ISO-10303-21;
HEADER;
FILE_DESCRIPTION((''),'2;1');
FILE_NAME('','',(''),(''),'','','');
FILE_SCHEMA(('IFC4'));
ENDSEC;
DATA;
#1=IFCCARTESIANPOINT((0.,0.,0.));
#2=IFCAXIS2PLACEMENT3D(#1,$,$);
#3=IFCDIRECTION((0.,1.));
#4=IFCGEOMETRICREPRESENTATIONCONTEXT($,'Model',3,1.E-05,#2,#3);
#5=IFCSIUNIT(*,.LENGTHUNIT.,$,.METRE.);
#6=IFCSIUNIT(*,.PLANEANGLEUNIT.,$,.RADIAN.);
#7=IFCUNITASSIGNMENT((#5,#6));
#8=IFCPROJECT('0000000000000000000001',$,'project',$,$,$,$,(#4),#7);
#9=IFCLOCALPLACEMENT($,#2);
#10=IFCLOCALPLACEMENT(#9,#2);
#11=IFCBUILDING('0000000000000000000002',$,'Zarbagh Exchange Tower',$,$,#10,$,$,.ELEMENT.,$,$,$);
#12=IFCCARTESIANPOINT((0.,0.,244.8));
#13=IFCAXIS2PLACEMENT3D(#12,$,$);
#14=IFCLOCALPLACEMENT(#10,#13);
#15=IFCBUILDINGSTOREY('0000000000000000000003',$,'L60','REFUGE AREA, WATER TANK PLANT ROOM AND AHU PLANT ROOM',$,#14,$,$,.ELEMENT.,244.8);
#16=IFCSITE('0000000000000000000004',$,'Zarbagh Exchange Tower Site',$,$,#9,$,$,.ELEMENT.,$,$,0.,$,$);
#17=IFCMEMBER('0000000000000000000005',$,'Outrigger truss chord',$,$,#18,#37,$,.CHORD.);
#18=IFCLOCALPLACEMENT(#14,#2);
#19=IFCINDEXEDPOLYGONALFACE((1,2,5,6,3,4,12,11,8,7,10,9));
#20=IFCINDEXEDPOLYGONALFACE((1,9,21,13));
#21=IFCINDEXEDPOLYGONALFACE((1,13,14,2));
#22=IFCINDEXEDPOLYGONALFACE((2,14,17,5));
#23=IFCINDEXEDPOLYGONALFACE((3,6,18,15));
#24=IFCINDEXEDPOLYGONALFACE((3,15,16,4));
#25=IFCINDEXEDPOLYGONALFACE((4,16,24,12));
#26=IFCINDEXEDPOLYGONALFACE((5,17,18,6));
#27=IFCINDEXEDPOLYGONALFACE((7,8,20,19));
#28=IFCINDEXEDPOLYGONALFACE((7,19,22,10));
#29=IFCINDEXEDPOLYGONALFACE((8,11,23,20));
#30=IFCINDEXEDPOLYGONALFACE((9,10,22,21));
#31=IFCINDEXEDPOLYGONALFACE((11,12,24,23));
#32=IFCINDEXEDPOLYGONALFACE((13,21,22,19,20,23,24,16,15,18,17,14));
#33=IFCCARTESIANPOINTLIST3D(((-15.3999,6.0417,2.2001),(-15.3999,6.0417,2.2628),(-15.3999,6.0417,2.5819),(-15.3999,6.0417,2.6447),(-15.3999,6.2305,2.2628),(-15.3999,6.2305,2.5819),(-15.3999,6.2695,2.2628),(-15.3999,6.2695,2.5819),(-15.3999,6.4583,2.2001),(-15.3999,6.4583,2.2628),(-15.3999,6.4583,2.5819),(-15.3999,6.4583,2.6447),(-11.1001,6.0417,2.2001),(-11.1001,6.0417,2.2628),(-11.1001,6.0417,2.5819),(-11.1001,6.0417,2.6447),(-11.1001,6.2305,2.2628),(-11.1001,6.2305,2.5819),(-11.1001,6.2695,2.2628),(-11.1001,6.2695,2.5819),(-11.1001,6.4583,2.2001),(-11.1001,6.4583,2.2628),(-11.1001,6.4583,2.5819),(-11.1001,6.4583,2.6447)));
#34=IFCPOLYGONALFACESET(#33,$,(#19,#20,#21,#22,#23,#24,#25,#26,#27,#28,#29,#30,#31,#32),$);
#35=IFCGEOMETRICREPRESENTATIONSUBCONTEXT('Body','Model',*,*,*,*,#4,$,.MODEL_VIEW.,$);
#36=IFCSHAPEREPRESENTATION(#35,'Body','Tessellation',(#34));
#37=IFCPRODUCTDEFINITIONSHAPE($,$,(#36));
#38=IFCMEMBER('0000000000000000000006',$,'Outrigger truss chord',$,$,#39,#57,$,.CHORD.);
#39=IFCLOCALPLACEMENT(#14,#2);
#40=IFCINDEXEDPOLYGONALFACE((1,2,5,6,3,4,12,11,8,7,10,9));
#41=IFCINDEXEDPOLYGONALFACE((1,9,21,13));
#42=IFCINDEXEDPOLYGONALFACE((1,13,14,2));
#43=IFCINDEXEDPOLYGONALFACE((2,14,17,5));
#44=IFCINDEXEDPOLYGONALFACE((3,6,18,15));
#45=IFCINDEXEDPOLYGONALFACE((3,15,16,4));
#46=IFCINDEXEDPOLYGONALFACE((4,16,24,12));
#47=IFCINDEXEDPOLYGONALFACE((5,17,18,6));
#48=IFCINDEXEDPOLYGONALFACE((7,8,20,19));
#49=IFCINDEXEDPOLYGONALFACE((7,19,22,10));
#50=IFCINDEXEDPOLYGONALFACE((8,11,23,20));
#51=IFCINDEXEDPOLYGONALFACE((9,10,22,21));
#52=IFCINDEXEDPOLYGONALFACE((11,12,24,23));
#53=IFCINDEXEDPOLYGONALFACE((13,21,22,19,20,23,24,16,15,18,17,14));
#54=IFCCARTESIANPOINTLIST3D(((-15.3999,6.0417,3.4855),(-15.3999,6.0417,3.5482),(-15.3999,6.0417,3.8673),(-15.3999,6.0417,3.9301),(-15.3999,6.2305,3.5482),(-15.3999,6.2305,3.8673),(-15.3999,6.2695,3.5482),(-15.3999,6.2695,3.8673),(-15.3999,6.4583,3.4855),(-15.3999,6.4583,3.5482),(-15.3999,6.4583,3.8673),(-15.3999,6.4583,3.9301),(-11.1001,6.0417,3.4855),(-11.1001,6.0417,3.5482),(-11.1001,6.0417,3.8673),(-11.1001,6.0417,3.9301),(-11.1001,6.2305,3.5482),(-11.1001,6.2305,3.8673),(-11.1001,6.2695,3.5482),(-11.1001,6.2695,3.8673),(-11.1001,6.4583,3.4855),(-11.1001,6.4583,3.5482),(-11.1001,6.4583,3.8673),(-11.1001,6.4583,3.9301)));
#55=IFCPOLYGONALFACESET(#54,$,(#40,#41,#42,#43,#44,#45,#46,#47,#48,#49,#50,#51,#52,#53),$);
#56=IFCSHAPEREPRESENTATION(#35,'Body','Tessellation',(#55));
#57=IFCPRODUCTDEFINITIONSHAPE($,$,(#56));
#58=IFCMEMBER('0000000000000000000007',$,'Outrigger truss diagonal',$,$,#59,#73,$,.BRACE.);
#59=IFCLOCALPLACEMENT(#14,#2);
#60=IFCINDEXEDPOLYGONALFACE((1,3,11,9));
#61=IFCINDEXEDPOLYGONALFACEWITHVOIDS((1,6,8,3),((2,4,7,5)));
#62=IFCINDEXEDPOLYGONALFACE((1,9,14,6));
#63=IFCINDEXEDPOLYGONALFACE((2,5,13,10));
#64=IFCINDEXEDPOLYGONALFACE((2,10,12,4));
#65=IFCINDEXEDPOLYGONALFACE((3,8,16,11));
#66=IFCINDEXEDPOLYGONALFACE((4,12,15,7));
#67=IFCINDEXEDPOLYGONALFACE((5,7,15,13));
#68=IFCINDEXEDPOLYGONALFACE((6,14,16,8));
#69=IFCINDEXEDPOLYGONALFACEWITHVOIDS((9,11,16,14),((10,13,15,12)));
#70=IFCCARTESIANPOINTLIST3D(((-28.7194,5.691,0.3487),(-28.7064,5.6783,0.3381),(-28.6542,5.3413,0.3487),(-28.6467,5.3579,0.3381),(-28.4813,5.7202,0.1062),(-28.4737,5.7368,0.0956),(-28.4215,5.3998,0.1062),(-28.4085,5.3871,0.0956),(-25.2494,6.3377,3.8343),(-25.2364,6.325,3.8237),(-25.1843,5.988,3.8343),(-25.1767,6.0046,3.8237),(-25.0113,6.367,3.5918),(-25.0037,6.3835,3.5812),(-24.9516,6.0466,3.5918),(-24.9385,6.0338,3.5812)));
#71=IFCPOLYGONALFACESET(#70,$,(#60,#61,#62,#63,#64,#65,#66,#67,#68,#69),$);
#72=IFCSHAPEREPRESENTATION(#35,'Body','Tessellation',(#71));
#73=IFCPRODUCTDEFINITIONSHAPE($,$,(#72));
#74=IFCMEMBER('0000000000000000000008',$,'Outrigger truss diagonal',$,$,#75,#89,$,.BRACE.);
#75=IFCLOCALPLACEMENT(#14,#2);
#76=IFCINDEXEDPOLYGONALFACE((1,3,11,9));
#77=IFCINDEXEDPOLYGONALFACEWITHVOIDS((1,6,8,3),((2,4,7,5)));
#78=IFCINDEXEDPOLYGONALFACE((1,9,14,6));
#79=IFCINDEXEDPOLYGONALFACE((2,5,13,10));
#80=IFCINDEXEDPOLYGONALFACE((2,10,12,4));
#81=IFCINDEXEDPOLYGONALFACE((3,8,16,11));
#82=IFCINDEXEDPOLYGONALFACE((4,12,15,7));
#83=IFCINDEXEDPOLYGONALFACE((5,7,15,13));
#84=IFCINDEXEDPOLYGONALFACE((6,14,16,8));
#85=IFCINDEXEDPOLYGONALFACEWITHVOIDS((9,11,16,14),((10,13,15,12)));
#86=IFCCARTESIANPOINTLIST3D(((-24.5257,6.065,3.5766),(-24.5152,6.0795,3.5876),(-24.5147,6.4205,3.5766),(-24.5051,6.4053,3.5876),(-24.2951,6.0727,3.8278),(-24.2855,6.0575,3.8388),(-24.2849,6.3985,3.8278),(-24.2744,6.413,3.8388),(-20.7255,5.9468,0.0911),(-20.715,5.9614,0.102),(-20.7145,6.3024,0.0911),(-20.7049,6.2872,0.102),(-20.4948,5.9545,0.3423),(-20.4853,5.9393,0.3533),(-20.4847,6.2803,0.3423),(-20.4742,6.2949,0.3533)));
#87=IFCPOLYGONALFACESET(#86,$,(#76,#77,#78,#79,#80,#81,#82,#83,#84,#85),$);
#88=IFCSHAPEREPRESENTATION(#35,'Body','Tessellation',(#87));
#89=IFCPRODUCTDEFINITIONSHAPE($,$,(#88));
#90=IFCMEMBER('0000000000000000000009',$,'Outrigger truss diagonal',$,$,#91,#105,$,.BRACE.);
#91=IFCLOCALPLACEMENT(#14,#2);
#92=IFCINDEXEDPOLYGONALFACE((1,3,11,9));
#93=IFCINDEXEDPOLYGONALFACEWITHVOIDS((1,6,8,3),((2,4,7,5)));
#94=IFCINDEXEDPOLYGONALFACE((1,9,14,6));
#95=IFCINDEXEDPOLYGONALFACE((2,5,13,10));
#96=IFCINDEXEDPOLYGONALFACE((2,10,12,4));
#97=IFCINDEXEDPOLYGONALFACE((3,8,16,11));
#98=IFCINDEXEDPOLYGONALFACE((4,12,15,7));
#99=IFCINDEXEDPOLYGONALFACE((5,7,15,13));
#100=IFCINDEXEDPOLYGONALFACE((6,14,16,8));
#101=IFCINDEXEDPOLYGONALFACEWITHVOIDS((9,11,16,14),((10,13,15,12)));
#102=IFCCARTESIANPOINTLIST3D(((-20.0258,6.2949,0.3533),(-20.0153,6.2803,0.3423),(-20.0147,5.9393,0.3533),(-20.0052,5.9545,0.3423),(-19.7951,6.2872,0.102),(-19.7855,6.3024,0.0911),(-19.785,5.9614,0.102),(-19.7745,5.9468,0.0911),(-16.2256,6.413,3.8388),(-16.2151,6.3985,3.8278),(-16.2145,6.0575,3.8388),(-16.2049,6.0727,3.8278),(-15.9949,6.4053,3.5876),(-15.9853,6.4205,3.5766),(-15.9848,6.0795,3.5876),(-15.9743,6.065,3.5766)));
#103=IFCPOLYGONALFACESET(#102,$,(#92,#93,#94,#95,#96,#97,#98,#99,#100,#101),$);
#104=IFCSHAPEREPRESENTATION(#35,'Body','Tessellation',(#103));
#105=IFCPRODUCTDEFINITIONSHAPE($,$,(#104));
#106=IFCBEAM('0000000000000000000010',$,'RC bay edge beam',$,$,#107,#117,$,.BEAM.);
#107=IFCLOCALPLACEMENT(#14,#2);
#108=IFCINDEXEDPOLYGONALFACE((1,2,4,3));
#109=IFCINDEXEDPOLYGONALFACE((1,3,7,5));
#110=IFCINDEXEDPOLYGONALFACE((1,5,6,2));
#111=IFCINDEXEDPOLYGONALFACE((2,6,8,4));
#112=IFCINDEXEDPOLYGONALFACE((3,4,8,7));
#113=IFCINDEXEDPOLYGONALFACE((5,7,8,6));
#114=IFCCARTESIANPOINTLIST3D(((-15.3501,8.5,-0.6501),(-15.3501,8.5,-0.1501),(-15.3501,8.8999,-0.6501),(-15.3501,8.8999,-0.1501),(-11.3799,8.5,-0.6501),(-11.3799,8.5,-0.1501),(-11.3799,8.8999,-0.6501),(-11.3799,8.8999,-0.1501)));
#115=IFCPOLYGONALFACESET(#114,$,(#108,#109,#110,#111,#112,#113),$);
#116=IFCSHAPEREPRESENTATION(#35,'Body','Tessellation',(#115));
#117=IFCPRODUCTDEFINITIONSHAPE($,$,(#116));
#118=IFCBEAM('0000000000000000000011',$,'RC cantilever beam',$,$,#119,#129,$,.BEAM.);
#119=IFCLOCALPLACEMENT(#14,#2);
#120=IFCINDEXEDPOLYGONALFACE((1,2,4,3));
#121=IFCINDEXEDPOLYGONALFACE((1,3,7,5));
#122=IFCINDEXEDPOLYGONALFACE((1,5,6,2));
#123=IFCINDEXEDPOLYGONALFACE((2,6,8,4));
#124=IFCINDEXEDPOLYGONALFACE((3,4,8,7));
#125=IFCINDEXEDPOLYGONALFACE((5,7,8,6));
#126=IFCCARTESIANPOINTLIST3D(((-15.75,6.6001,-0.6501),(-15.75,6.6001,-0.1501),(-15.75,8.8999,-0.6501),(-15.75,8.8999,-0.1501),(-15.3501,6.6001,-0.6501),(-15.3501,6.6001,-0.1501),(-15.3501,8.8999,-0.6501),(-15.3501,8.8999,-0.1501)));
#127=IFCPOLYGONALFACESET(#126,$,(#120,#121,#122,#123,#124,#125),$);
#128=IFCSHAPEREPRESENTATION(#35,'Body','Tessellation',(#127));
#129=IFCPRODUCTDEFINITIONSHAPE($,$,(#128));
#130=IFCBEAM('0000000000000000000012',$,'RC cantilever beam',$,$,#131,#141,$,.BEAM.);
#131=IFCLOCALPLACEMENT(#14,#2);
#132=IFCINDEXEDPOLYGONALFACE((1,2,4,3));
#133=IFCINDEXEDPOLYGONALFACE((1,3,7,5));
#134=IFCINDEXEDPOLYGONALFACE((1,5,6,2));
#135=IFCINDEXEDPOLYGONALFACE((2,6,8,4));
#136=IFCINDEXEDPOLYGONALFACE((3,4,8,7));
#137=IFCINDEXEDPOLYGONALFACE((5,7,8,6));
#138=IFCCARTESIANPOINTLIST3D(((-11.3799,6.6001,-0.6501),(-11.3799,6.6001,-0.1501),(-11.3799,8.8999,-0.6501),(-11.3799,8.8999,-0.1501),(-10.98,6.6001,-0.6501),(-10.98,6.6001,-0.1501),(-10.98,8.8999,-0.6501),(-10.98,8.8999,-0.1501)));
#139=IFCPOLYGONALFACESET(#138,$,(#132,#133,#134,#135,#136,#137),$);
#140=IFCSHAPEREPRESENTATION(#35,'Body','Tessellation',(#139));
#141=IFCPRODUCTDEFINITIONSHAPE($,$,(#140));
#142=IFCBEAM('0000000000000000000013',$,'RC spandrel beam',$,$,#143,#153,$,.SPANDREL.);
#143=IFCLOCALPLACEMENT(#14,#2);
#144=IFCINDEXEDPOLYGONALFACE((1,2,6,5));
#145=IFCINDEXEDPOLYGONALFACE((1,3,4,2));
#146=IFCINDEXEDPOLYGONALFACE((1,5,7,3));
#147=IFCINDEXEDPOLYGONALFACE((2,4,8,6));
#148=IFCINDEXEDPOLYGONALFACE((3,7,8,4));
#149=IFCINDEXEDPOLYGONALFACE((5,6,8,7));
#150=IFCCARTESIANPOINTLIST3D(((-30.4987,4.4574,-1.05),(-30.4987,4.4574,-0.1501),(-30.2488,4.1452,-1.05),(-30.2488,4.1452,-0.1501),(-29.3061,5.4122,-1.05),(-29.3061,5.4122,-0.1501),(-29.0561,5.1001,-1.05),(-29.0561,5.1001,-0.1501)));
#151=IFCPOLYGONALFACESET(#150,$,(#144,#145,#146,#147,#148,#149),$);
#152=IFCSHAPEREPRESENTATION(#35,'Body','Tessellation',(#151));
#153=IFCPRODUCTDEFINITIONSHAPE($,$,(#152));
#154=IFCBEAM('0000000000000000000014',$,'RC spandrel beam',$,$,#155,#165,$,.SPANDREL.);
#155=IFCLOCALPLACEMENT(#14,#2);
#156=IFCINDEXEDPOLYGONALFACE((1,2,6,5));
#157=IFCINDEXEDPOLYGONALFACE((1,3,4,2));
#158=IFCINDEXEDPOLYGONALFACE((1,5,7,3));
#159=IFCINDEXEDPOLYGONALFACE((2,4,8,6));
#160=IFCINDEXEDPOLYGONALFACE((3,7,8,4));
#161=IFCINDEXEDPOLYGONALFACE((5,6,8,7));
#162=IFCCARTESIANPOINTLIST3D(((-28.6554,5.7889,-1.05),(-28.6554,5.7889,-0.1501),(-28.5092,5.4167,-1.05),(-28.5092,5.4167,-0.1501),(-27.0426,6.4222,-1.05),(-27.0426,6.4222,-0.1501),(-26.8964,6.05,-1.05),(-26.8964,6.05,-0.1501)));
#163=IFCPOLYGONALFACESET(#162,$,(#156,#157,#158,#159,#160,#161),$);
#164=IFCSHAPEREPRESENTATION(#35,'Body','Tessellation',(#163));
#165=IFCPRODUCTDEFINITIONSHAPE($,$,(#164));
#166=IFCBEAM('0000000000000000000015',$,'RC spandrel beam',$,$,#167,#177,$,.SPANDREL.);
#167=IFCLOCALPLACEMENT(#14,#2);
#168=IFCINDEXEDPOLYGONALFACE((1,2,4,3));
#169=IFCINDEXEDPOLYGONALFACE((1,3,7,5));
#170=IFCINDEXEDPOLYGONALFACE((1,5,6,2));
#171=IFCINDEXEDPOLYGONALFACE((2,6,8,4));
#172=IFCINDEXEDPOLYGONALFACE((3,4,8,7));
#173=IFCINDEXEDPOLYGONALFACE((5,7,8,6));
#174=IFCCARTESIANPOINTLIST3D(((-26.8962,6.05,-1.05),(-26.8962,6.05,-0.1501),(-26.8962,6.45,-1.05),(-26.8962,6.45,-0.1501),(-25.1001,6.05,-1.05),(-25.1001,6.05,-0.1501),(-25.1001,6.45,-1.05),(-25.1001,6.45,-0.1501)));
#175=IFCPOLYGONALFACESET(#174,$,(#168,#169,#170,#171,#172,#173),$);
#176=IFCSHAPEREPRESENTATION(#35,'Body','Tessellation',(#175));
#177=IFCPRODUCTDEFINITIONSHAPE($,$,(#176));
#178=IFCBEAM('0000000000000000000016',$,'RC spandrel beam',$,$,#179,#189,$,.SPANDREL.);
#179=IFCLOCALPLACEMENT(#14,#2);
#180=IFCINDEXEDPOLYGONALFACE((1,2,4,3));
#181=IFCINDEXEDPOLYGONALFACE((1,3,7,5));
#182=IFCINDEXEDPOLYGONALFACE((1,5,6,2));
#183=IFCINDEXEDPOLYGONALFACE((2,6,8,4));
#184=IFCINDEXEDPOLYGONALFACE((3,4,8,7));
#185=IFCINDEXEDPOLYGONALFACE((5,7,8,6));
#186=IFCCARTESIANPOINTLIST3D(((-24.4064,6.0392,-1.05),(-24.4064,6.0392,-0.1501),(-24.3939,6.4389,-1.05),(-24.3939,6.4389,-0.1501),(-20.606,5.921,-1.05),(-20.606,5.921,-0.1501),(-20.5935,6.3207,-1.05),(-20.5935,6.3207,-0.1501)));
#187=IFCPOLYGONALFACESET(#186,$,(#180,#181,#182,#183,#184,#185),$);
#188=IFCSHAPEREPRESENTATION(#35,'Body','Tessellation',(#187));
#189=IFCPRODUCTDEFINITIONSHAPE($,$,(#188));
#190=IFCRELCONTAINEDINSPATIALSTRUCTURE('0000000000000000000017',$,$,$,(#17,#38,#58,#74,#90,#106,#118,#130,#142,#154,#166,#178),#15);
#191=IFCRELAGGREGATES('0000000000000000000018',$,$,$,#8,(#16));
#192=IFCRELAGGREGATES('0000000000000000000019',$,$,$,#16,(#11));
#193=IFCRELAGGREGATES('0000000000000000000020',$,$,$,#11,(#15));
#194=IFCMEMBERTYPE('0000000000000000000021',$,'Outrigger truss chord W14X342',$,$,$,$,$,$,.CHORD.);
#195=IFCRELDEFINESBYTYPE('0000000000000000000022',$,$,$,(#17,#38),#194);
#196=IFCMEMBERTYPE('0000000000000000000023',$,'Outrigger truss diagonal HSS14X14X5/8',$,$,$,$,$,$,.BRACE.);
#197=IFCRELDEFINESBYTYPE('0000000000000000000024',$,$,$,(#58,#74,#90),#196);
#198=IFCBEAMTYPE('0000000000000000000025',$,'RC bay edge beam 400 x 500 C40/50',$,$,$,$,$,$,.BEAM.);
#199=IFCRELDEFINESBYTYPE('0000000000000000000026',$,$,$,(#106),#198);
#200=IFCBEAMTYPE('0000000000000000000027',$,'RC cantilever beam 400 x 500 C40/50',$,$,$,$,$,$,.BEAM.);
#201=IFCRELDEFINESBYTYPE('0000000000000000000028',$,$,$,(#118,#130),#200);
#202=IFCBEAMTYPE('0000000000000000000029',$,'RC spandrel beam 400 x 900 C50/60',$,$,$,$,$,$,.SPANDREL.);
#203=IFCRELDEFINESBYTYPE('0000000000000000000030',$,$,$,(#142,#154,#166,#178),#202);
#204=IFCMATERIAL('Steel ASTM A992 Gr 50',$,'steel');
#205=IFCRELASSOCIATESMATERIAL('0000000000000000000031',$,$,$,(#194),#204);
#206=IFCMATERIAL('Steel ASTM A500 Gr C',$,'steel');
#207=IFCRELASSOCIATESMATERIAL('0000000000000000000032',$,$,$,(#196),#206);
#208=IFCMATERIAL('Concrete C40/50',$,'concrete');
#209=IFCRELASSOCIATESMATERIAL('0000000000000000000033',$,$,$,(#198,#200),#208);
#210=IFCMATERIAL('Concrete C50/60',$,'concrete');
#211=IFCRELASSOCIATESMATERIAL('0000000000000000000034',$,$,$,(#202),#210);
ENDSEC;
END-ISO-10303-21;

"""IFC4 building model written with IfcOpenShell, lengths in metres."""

from ifc_helpers import new_model, si_unit, direction, frame, origin, origin_2d, place, context, subcontext, project, spatial, rectangle, hollow_rectangle, i_section, extrude, material, material_profile, profile_set, type_object, element, save


model = new_model("IFC4")

# Units and contexts
model_context = context("Model", 3, precision=1e-05, world=origin(), true_north=direction((0.0, 1.0)))
body_context = subcontext(model_context, "Body", "Model", "MODEL_VIEW")
ifc_project = project(units=[si_unit("LENGTHUNIT", "METRE"), si_unit("PLANEANGLEUNIT", "RADIAN")], contexts=[model_context])

# Site, building, storey
site_placement = place(None, origin())
site = spatial("IfcSite", under=ifc_project, at=site_placement, Name="Zarbagh Exchange Tower Site", CompositionType="ELEMENT", RefElevation=0.0)
building_placement = place(site_placement, origin())
building = spatial("IfcBuilding", under=site, at=building_placement, Name="Zarbagh Exchange Tower", CompositionType="ELEMENT")
storey_placement = place(building_placement, frame((0.0, 0.0, 244.8)))
storey = spatial("IfcBuildingStorey", under=building, at=storey_placement, Name="L60", Description="REFUGE AREA, WATER TANK PLANT ROOM AND AHU PLANT ROOM", CompositionType="ELEMENT", Elevation=244.8)

# Shared definitions
ifc_material_1 = material(Name="Concrete C50/60", Category="concrete")

# Members
ifc_material_2 = material(Name="Steel ASTM A500 Gr C", Category="steel")
ifc_material_3 = material(Name="Steel ASTM A992 Gr 50", Category="steel")
ifc_material_profile_1 = material_profile(ifc_material_3, i_section(OverallWidth=0.4165, OverallDepth=0.4446, WebThickness=0.0391, FlangeThickness=0.0627, at=origin_2d()), Name="W14X342")
ifc_profile_set_1 = profile_set([ifc_material_profile_1], Name="Steel ASTM A992 Gr 50")
member_type_1 = type_object("IfcMemberType", Name="Outrigger truss chord W14X342", PredefinedType="CHORD", material=ifc_profile_set_1)
for number, where, z_axis, x_axis, name in (
    (1, (-15.3999, 6.25, 2.4224), (1.0, 0.0, 0.0), (0.0, 1.0, 0.0), "Outrigger truss chord"),
    (2, (-15.3999, 6.25, 3.7078), (1.0, 0.0, 0.0), (0.0, 1.0, 0.0), "Outrigger truss chord"),
):
    element("IfcMember", number, at=place(storey_placement, frame(where, z_axis=z_axis, x_axis=x_axis)), inside=storey, type_object=member_type_1, Name=name, PredefinedType="CHORD", context=body_context, shape_type="SweptSolid", body=[
        extrude(i_section(OverallWidth=0.4165, OverallDepth=0.4446, WebThickness=0.0391, FlangeThickness=0.0627, at=origin_2d()), origin(), (0.0, 0.0, 1.0), 4.2998),
    ])
ifc_material_profile_2 = material_profile(ifc_material_2, hollow_rectangle(XDim=0.3557, YDim=0.3557, WallThickness=0.0149, at=origin_2d()), Name="HSS14X14X5/8")
ifc_profile_set_2 = profile_set([ifc_material_profile_2], Name="Steel ASTM A500 Gr C")
member_type_2 = type_object("IfcMemberType", Name="Outrigger truss diagonal HSS14X14X5/8", PredefinedType="BRACE", material=ifc_profile_set_2)
member_1_placement = place(storey_placement, frame((-28.564, 5.5391, 0.2222), z_axis=(0.699495, 0.130371, 0.702645), x_axis=(-0.183224, 0.983071, 0.0)))
element("IfcMember", 3, at=member_1_placement, inside=storey, type_object=member_type_2, Name="Outrigger truss diagonal", PredefinedType="BRACE", context=body_context, shape_type="SweptSolid", body=[
    extrude(hollow_rectangle(XDim=0.3557, YDim=0.3557, WallThickness=0.0149, at=origin_2d()), origin(), (0.0, 0.0, 1.0), 4.9607),
])
for number, where, z_axis, x_axis, name in (
    (4, (-20.5999, 6.1208, 0.2222), (-0.736768, 0.022909, 0.675757), (-0.031078, -0.999517, 0.0), "Outrigger truss diagonal"),
    (5, (-19.9001, 6.1208, 0.2222), (0.736768, 0.022909, 0.675757), (-0.031078, 0.999517, 0.0), "Outrigger truss diagonal"),
):
    element("IfcMember", number, at=place(storey_placement, frame(where, z_axis=z_axis, x_axis=x_axis)), inside=storey, type_object=member_type_2, Name=name, PredefinedType="BRACE", context=body_context, shape_type="SweptSolid", body=[
        extrude(hollow_rectangle(XDim=0.3557, YDim=0.3557, WallThickness=0.0149, at=origin_2d()), origin(), (0.0, 0.0, 1.0), 5.158),
    ])

# Beams
ifc_material_4 = material(Name="Concrete C40/50", Category="concrete")
ifc_material_profile_3 = material_profile(ifc_material_4, rectangle(XDim=0.3999, YDim=0.5, at=origin_2d()), Name="RC bay edge beam 400 x 500 C40/50")
ifc_profile_set_3 = profile_set([ifc_material_profile_3], Name="Concrete C40/50")
beam_type_1 = type_object("IfcBeamType", Name="RC bay edge beam 400 x 500 C40/50", PredefinedType="BEAM", material=ifc_profile_set_3)
beam_1_placement = place(storey_placement, frame((-15.3501, 8.7, -0.4001), z_axis=(1.0, 0.0, 0.0), x_axis=(0.0, 1.0, 0.0)))
element("IfcBeam", 6, at=beam_1_placement, inside=storey, type_object=beam_type_1, Name="RC bay edge beam", PredefinedType="BEAM", context=body_context, shape_type="SweptSolid", body=[
    extrude(rectangle(XDim=0.3999, YDim=0.5, at=origin_2d()), origin(), (0.0, 0.0, 1.0), 3.9702),
])
ifc_material_profile_4 = material_profile(ifc_material_4, rectangle(XDim=0.3999, YDim=0.5, at=origin_2d()), Name="RC cantilever beam 400 x 500 C40/50")
ifc_profile_set_4 = profile_set([ifc_material_profile_4], Name="Concrete C40/50")
beam_type_2 = type_object("IfcBeamType", Name="RC cantilever beam 400 x 500 C40/50", PredefinedType="BEAM", material=ifc_profile_set_4)
for number, where, z_axis, x_axis, name in (
    (7, (-15.55, 6.6001, -0.4001), (0.0, 1.0, 0.0), (-1.0, 0.0, 0.0), "RC cantilever beam"),
    (8, (-11.1799, 6.6001, -0.4001), (0.0, 1.0, 0.0), (-1.0, 0.0, 0.0), "RC cantilever beam"),
):
    element("IfcBeam", number, at=place(storey_placement, frame(where, z_axis=z_axis, x_axis=x_axis)), inside=storey, type_object=beam_type_2, Name=name, PredefinedType="BEAM", context=body_context, shape_type="SweptSolid", body=[
        extrude(rectangle(XDim=0.3999, YDim=0.5, at=origin_2d()), origin(), (0.0, 0.0, 1.0), 2.2998),
    ])
ifc_material_profile_5 = material_profile(ifc_material_1, rectangle(XDim=0.3999, YDim=0.8999, at=origin_2d()), Name="RC spandrel beam 400 x 900 C50/60")
ifc_profile_set_5 = profile_set([ifc_material_profile_5], Name="Concrete C50/60")
beam_type_3 = type_object("IfcBeamType", Name="RC spandrel beam 400 x 900 C50/60", PredefinedType="SPANDREL", material=ifc_profile_set_5)
beam_2_placement = place(storey_placement, frame((-30.3738, 4.3013, -0.6001), z_axis=(0.780635, 0.624987, 0.0), x_axis=(-0.624987, 0.780635, 0.0)))
element("IfcBeam", 9, at=beam_2_placement, inside=storey, type_object=beam_type_3, Name="RC spandrel beam", PredefinedType="SPANDREL", context=body_context, shape_type="SweptSolid", body=[
    extrude(rectangle(XDim=0.3999, YDim=0.8999, at=origin_2d()), origin(), (0.0, 0.0, 1.0), 1.5278),
])
beam_3_placement = place(storey_placement, frame((-28.5823, 5.6028, -0.6001), z_axis=(0.93081, 0.365504, 0.0), x_axis=(-0.365504, 0.93081, 0.0)))
element("IfcBeam", 10, at=beam_3_placement, inside=storey, type_object=beam_type_3, Name="RC spandrel beam", PredefinedType="SPANDREL", context=body_context, shape_type="SweptSolid", body=[
    extrude(rectangle(XDim=0.3999, YDim=0.8999, at=origin_2d()), origin(), (0.0, 0.0, 1.0), 1.7327),
])
beam_4_placement = place(storey_placement, frame((-26.8962, 6.25, -0.6001), z_axis=(1.0, 0.0, 0.0), x_axis=(0.0, 1.0, 0.0)))
element("IfcBeam", 11, at=beam_4_placement, inside=storey, type_object=beam_type_3, Name="RC spandrel beam", PredefinedType="SPANDREL", context=body_context, shape_type="SweptSolid", body=[
    extrude(rectangle(XDim=0.3999, YDim=0.8999, at=origin_2d()), origin(), (0.0, 0.0, 1.0), 1.7961),
])
for number, where, z_axis, x_axis, name in (
    (12, (-24.4001, 6.239, -0.6001), (0.999517, -0.031078, 0.0), (0.031078, 0.999517, 0.0), "RC spandrel beam"),
):
    element("IfcBeam", number, at=place(storey_placement, frame(where, z_axis=z_axis, x_axis=x_axis)), inside=storey, type_object=beam_type_3, Name=name, PredefinedType="SPANDREL", context=body_context, shape_type="SweptSolid", body=[
        extrude(rectangle(XDim=0.3999, YDim=0.8999, at=origin_2d()), origin(), (0.0, 0.0, 1.0), 3.8022),
    ])

save(model, "model.ifc")
